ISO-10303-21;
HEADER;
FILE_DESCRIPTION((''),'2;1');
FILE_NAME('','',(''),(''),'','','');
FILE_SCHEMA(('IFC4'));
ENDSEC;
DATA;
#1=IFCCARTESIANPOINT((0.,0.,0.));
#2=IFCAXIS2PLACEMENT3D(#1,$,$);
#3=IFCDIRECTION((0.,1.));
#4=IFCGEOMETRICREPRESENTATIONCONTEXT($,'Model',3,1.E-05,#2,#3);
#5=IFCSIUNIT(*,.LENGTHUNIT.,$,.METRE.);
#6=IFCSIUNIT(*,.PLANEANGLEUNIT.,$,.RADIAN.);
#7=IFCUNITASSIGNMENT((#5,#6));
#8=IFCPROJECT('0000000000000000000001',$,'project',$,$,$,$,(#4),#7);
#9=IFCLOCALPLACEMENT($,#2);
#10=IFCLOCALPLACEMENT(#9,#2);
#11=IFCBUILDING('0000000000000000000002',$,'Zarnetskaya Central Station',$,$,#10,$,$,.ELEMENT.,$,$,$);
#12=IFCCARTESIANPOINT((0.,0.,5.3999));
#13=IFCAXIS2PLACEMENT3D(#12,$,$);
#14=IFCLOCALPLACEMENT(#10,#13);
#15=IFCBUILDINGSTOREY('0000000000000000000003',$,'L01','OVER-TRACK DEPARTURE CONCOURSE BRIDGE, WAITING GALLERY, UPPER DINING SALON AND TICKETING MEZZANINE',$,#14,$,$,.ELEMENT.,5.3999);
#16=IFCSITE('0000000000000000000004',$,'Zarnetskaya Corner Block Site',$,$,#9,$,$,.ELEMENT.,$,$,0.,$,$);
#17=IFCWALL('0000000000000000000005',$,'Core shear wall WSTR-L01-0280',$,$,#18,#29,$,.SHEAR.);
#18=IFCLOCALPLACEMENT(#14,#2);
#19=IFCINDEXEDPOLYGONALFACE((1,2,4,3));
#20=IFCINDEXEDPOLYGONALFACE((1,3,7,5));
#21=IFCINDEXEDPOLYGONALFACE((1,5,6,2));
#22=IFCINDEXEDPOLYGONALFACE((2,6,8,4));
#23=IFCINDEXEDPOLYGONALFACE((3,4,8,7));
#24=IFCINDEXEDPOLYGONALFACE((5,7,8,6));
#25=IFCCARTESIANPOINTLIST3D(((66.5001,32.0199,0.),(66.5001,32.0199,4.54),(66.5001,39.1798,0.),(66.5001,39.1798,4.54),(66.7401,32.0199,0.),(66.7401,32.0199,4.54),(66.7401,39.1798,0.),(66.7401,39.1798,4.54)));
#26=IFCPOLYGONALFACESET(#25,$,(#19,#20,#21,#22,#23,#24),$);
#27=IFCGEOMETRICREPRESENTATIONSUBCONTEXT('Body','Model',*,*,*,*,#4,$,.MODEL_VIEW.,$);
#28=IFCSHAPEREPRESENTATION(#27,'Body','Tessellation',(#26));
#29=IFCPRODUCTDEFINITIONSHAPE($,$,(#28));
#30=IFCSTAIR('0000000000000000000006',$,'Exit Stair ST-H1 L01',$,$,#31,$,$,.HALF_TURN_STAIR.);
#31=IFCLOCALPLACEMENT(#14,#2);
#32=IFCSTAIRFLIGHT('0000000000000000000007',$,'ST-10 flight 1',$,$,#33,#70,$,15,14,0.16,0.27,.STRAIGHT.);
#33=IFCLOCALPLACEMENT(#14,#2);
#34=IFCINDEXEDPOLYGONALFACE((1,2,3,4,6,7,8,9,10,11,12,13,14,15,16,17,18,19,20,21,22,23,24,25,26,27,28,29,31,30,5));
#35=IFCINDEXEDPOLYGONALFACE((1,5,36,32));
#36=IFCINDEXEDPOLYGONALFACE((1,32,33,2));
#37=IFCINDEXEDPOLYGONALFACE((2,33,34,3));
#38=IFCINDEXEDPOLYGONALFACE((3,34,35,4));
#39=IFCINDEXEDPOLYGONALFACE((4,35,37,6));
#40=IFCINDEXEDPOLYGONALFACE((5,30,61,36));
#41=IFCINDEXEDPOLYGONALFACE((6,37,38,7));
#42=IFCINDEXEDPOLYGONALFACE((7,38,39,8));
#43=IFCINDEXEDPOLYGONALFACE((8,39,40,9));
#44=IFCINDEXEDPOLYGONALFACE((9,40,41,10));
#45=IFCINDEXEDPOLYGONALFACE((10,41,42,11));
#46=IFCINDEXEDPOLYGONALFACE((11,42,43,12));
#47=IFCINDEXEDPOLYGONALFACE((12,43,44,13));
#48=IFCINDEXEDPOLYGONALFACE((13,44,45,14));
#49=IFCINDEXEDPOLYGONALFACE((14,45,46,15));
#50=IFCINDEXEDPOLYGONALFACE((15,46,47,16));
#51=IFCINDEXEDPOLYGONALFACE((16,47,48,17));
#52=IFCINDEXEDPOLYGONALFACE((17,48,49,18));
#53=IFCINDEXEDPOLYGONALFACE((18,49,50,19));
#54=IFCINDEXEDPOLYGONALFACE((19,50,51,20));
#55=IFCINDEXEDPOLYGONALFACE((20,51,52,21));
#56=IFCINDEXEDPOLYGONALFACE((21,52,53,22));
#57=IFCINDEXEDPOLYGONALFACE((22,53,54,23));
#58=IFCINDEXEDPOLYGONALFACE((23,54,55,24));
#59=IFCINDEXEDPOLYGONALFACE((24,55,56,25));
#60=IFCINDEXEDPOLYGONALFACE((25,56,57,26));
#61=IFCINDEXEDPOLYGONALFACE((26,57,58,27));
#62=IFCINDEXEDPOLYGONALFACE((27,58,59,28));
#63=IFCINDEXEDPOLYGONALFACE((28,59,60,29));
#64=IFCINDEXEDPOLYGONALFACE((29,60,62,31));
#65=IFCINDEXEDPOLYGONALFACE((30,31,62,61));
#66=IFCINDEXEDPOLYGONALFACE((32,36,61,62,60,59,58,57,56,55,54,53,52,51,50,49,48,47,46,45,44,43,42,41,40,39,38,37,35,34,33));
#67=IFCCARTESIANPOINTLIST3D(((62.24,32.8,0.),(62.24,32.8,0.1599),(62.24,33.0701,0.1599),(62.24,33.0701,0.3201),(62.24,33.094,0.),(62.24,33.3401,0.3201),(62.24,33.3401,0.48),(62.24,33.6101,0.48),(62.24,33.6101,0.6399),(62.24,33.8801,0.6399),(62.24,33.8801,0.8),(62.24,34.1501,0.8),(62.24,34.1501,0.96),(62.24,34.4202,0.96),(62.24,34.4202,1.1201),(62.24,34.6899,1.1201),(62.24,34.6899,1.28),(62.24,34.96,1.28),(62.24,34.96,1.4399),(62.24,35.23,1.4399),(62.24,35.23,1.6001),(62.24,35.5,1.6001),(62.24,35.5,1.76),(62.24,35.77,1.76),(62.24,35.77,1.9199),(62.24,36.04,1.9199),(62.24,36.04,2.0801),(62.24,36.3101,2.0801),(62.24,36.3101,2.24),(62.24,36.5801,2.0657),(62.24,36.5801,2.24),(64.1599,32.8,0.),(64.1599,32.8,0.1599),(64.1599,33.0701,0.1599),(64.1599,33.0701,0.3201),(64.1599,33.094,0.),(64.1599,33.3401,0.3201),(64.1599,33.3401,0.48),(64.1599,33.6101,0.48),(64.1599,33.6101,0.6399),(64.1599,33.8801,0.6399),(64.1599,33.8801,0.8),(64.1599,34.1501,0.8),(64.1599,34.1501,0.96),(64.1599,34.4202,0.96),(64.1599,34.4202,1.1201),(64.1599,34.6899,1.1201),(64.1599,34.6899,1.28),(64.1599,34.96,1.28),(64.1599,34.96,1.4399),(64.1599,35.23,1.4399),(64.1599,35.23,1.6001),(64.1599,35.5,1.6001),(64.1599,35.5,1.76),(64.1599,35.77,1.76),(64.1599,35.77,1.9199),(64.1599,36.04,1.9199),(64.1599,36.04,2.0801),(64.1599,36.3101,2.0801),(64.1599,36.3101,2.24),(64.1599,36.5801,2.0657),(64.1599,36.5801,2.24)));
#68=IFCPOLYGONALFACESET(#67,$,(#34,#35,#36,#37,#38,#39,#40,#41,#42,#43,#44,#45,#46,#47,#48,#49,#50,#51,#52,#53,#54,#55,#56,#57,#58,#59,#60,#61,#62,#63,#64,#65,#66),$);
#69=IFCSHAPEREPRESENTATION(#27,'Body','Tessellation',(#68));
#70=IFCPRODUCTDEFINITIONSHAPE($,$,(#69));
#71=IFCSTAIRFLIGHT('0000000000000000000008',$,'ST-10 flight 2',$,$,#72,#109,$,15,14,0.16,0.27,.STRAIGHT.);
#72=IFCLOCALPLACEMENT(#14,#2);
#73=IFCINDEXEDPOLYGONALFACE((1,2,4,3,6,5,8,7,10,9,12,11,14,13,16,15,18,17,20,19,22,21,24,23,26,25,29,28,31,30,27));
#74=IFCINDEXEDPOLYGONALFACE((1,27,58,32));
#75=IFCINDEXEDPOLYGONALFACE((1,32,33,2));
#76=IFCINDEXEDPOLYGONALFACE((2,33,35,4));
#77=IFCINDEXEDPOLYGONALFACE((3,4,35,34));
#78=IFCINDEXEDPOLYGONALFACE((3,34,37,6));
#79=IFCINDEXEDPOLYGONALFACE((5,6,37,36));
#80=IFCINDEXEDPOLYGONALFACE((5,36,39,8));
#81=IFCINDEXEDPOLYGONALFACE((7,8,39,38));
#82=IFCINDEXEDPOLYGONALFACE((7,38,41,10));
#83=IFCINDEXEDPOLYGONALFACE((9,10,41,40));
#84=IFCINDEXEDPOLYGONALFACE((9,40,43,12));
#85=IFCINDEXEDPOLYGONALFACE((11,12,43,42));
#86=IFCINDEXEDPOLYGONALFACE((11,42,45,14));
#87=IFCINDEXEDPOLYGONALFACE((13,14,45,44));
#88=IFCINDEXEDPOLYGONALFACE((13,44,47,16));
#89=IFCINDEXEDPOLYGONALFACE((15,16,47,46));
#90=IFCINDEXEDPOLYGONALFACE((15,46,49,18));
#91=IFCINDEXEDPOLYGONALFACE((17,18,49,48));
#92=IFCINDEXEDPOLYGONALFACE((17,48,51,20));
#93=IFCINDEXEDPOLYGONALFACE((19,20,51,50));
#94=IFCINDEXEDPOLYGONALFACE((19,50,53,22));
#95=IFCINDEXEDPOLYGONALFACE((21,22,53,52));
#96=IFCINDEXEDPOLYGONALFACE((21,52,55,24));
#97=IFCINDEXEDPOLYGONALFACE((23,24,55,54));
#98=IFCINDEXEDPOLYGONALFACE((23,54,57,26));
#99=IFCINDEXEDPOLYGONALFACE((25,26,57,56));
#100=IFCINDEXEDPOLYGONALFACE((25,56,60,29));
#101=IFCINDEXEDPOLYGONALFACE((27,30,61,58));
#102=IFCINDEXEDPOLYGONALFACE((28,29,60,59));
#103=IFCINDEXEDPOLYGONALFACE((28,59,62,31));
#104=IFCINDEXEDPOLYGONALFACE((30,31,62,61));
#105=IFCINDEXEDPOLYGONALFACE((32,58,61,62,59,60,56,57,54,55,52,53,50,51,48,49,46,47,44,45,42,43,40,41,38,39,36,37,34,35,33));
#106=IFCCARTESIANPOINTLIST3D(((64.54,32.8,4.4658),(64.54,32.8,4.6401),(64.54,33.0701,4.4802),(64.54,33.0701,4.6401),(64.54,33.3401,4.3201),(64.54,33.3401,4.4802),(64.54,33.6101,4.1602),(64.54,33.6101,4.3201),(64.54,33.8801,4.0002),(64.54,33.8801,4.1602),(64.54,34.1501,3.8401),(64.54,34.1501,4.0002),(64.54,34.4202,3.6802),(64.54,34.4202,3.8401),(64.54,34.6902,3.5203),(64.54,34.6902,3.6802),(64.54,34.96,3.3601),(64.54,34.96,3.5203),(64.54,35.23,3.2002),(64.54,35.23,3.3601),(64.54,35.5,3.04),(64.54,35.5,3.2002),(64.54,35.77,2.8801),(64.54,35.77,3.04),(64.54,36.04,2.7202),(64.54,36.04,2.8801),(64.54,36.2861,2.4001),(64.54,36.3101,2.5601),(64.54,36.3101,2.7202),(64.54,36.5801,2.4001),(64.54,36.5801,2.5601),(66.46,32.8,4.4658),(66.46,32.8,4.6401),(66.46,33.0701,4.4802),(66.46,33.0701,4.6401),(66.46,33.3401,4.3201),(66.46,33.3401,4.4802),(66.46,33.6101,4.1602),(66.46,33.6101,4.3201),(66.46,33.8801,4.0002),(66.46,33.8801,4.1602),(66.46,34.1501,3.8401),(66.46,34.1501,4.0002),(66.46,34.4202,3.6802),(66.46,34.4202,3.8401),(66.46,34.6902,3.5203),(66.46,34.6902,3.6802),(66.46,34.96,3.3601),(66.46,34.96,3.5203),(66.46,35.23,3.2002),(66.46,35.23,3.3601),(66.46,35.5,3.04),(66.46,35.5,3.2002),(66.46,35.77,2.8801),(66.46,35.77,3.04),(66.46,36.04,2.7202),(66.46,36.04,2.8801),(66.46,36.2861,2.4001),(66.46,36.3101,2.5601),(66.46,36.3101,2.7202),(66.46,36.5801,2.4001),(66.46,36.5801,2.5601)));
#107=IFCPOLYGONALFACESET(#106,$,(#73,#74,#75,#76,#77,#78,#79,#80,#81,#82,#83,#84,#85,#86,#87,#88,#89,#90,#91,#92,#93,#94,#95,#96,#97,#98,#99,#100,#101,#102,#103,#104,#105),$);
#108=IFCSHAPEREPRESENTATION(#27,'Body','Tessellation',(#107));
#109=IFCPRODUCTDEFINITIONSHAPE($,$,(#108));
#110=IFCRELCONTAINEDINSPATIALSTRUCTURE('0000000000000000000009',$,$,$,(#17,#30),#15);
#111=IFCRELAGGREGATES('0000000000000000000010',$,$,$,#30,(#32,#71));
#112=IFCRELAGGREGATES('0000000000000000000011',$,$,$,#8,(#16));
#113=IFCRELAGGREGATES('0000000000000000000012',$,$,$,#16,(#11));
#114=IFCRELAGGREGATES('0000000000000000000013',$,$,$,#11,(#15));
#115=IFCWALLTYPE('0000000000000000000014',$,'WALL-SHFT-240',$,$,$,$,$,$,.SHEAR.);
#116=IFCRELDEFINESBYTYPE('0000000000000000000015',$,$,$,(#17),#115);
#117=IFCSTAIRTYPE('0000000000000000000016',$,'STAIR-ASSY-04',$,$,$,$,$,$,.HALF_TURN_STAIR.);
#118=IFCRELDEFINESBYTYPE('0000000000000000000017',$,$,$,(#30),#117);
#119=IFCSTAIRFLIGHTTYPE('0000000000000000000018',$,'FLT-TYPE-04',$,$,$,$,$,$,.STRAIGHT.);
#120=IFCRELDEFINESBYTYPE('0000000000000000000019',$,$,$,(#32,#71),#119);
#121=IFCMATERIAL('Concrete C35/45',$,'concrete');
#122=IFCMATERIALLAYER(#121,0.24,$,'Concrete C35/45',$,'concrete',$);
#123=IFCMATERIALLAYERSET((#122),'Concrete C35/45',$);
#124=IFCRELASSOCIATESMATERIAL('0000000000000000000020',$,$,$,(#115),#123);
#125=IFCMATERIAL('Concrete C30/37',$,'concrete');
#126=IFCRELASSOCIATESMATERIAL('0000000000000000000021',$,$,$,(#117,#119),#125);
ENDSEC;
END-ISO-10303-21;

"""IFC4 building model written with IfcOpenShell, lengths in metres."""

from ifc_helpers import new_model, si_unit, direction, frame, frame_2d, origin, place, context, subcontext, project, spatial, polyline, rectangle, outline, extrude, material, layer, layer_set, type_object, element, aggregate, save


model = new_model("IFC4")

# Units and contexts
model_context = context("Model", 3, precision=1e-05, world=origin(), true_north=direction((0.0, 1.0)))
body_context = subcontext(model_context, "Body", "Model", "MODEL_VIEW")
ifc_project = project(units=[si_unit("LENGTHUNIT", "METRE"), si_unit("PLANEANGLEUNIT", "RADIAN")], contexts=[model_context])

# Site, building, storey
site_placement = place(None, origin())
site = spatial("IfcSite", under=ifc_project, at=site_placement, Name="Zarnetskaya Corner Block Site", CompositionType="ELEMENT", RefElevation=0.0)
building_placement = place(site_placement, origin())
building = spatial("IfcBuilding", under=site, at=building_placement, Name="Zarnetskaya Central Station", CompositionType="ELEMENT")
storey_placement = place(building_placement, frame((0.0, 0.0, 5.3999)))
storey = spatial("IfcBuildingStorey", under=building, at=storey_placement, Name="L01", Description="OVER-TRACK DEPARTURE CONCOURSE BRIDGE, WAITING GALLERY, UPPER DINING SALON AND TICKETING MEZZANINE", CompositionType="ELEMENT", Elevation=5.3999)

# Shared definitions
ifc_material_1 = material(Name="Concrete C35/45", Category="concrete")
ifc_layer_1 = layer(ifc_material_1, 0.24, Name="Concrete C35/45", Category="concrete")
ifc_layer_set_1 = layer_set([ifc_layer_1], Name="Concrete C35/45")
wall_type = type_object("IfcWallType", Name="WALL-SHFT-240", PredefinedType="SHEAR", material=ifc_layer_set_1)

# Wall
for number, where, z_axis, x_axis, name in (
    (1, (66.6201, 39.1799, 0.0), (0.0, 0.0, 1.0), (0.0, -1.0, 0.0), "Core shear wall WSTR-L01-0280"),
):
    element("IfcWall", number, at=place(storey_placement, frame(where, z_axis=z_axis, x_axis=x_axis)), inside=storey, type_object=wall_type, Name=name, PredefinedType="SHEAR", context=body_context, shape_type="SweptSolid", body=[
        extrude(rectangle(XDim=7.1599, YDim=0.24, at=frame_2d((3.5801, 0.0))), origin(), (0.0, 0.0, 1.0), 4.54),
    ])

# Stair, stair flights
ifc_material_2 = material(Name="Concrete C30/37", Category="concrete")
stair_type = type_object("IfcStairType", Name="STAIR-ASSY-04", PredefinedType="HALF_TURN_STAIR", material=ifc_material_2)
stair_placement = place(storey_placement, origin())
stair = element("IfcStair", 2, at=stair_placement, inside=storey, type_object=stair_type, Name="Exit Stair ST-H1 L01", PredefinedType="HALF_TURN_STAIR")
stair_flight_type = type_object("IfcStairFlightType", Name="FLT-TYPE-04", PredefinedType="STRAIGHT", material=ifc_material_2)
stair_flight_1_placement = place(storey_placement, frame((63.2, 32.8, 0.0), z_axis=(0.0, 0.0, 1.0), x_axis=(0.0, 1.0, 0.0)))
stair_flight_1 = element("IfcStairFlight", 3, at=stair_flight_1_placement, type_object=stair_flight_type, Name="ST-10 flight 1", NumberOfRisers=15, NumberOfTreads=14, PredefinedType="STRAIGHT", RiserHeight=0.16, TreadLength=0.27, context=body_context, shape_type="SweptSolid", body=[
    extrude(outline(polyline([(0.0, 0.0), (0.0, 0.1599), (0.27, 0.1599), (0.27, 0.3201), (0.54, 0.3201), (0.54, 0.48), (0.8101, 0.48), (0.8101, 0.6399), (1.0801, 0.6399), (1.0801, 0.8), (1.3501, 0.8), (1.3501, 0.96), (1.6201, 0.96), (1.6201, 1.1201), (1.8899, 1.1201), (1.8899, 1.28), (2.1599, 1.28), (2.1599, 1.4399), (2.4299, 1.4399), (2.4299, 1.6001), (2.7, 1.6001), (2.7, 1.76), (2.97, 1.76), (2.97, 1.9199), (3.24, 1.9199), (3.24, 2.0801), (3.51, 2.0801), (3.51, 2.24), (3.78, 2.24), (3.78, 2.3999), (3.78, 2.0657), (0.2939, 0.0), (0.0, 0.0)])), frame((0.0, 0.96, 0.0), z_axis=(0.0, -1.0, 0.0), x_axis=(1.0, 0.0, 0.0)), (0.0, 0.0, 1.0), 1.9199),
])
stair_flight_2_placement = place(storey_placement, frame((65.5, 36.5801, 2.4001), z_axis=(0.0, 0.0, 1.0), x_axis=(0.0, -1.0, 0.0)))
stair_flight_2 = element("IfcStairFlight", 4, at=stair_flight_2_placement, type_object=stair_flight_type, Name="ST-10 flight 2", NumberOfRisers=15, NumberOfTreads=14, PredefinedType="STRAIGHT", RiserHeight=0.16, TreadLength=0.27, context=body_context, shape_type="SweptSolid", body=[
    extrude(outline(polyline([(0.0, 0.0), (0.0, 0.1599), (0.27, 0.1599), (0.27, 0.3201), (0.54, 0.3201), (0.54, 0.48), (0.8101, 0.48), (0.8101, 0.6399), (1.0801, 0.6399), (1.0801, 0.8), (1.3501, 0.8), (1.3501, 0.96), (1.6201, 0.96), (1.6201, 1.1201), (1.8899, 1.1201), (1.8899, 1.28), (2.1599, 1.28), (2.1599, 1.4399), (2.4299, 1.4399), (2.4299, 1.6001), (2.7, 1.6001), (2.7, 1.76), (2.97, 1.76), (2.97, 1.9199), (3.24, 1.9199), (3.24, 2.0801), (3.51, 2.0801), (3.51, 2.24), (3.78, 2.24), (3.78, 2.3999), (3.78, 2.0657), (0.2939, 0.0), (0.0, 0.0)])), frame((0.0, 0.96, 0.0), z_axis=(0.0, -1.0, 0.0), x_axis=(1.0, 0.0, 0.0)), (0.0, 0.0, 1.0), 1.9199),
])
aggregate(stair, [stair_flight_1, stair_flight_2])

save(model, "model.ifc")
